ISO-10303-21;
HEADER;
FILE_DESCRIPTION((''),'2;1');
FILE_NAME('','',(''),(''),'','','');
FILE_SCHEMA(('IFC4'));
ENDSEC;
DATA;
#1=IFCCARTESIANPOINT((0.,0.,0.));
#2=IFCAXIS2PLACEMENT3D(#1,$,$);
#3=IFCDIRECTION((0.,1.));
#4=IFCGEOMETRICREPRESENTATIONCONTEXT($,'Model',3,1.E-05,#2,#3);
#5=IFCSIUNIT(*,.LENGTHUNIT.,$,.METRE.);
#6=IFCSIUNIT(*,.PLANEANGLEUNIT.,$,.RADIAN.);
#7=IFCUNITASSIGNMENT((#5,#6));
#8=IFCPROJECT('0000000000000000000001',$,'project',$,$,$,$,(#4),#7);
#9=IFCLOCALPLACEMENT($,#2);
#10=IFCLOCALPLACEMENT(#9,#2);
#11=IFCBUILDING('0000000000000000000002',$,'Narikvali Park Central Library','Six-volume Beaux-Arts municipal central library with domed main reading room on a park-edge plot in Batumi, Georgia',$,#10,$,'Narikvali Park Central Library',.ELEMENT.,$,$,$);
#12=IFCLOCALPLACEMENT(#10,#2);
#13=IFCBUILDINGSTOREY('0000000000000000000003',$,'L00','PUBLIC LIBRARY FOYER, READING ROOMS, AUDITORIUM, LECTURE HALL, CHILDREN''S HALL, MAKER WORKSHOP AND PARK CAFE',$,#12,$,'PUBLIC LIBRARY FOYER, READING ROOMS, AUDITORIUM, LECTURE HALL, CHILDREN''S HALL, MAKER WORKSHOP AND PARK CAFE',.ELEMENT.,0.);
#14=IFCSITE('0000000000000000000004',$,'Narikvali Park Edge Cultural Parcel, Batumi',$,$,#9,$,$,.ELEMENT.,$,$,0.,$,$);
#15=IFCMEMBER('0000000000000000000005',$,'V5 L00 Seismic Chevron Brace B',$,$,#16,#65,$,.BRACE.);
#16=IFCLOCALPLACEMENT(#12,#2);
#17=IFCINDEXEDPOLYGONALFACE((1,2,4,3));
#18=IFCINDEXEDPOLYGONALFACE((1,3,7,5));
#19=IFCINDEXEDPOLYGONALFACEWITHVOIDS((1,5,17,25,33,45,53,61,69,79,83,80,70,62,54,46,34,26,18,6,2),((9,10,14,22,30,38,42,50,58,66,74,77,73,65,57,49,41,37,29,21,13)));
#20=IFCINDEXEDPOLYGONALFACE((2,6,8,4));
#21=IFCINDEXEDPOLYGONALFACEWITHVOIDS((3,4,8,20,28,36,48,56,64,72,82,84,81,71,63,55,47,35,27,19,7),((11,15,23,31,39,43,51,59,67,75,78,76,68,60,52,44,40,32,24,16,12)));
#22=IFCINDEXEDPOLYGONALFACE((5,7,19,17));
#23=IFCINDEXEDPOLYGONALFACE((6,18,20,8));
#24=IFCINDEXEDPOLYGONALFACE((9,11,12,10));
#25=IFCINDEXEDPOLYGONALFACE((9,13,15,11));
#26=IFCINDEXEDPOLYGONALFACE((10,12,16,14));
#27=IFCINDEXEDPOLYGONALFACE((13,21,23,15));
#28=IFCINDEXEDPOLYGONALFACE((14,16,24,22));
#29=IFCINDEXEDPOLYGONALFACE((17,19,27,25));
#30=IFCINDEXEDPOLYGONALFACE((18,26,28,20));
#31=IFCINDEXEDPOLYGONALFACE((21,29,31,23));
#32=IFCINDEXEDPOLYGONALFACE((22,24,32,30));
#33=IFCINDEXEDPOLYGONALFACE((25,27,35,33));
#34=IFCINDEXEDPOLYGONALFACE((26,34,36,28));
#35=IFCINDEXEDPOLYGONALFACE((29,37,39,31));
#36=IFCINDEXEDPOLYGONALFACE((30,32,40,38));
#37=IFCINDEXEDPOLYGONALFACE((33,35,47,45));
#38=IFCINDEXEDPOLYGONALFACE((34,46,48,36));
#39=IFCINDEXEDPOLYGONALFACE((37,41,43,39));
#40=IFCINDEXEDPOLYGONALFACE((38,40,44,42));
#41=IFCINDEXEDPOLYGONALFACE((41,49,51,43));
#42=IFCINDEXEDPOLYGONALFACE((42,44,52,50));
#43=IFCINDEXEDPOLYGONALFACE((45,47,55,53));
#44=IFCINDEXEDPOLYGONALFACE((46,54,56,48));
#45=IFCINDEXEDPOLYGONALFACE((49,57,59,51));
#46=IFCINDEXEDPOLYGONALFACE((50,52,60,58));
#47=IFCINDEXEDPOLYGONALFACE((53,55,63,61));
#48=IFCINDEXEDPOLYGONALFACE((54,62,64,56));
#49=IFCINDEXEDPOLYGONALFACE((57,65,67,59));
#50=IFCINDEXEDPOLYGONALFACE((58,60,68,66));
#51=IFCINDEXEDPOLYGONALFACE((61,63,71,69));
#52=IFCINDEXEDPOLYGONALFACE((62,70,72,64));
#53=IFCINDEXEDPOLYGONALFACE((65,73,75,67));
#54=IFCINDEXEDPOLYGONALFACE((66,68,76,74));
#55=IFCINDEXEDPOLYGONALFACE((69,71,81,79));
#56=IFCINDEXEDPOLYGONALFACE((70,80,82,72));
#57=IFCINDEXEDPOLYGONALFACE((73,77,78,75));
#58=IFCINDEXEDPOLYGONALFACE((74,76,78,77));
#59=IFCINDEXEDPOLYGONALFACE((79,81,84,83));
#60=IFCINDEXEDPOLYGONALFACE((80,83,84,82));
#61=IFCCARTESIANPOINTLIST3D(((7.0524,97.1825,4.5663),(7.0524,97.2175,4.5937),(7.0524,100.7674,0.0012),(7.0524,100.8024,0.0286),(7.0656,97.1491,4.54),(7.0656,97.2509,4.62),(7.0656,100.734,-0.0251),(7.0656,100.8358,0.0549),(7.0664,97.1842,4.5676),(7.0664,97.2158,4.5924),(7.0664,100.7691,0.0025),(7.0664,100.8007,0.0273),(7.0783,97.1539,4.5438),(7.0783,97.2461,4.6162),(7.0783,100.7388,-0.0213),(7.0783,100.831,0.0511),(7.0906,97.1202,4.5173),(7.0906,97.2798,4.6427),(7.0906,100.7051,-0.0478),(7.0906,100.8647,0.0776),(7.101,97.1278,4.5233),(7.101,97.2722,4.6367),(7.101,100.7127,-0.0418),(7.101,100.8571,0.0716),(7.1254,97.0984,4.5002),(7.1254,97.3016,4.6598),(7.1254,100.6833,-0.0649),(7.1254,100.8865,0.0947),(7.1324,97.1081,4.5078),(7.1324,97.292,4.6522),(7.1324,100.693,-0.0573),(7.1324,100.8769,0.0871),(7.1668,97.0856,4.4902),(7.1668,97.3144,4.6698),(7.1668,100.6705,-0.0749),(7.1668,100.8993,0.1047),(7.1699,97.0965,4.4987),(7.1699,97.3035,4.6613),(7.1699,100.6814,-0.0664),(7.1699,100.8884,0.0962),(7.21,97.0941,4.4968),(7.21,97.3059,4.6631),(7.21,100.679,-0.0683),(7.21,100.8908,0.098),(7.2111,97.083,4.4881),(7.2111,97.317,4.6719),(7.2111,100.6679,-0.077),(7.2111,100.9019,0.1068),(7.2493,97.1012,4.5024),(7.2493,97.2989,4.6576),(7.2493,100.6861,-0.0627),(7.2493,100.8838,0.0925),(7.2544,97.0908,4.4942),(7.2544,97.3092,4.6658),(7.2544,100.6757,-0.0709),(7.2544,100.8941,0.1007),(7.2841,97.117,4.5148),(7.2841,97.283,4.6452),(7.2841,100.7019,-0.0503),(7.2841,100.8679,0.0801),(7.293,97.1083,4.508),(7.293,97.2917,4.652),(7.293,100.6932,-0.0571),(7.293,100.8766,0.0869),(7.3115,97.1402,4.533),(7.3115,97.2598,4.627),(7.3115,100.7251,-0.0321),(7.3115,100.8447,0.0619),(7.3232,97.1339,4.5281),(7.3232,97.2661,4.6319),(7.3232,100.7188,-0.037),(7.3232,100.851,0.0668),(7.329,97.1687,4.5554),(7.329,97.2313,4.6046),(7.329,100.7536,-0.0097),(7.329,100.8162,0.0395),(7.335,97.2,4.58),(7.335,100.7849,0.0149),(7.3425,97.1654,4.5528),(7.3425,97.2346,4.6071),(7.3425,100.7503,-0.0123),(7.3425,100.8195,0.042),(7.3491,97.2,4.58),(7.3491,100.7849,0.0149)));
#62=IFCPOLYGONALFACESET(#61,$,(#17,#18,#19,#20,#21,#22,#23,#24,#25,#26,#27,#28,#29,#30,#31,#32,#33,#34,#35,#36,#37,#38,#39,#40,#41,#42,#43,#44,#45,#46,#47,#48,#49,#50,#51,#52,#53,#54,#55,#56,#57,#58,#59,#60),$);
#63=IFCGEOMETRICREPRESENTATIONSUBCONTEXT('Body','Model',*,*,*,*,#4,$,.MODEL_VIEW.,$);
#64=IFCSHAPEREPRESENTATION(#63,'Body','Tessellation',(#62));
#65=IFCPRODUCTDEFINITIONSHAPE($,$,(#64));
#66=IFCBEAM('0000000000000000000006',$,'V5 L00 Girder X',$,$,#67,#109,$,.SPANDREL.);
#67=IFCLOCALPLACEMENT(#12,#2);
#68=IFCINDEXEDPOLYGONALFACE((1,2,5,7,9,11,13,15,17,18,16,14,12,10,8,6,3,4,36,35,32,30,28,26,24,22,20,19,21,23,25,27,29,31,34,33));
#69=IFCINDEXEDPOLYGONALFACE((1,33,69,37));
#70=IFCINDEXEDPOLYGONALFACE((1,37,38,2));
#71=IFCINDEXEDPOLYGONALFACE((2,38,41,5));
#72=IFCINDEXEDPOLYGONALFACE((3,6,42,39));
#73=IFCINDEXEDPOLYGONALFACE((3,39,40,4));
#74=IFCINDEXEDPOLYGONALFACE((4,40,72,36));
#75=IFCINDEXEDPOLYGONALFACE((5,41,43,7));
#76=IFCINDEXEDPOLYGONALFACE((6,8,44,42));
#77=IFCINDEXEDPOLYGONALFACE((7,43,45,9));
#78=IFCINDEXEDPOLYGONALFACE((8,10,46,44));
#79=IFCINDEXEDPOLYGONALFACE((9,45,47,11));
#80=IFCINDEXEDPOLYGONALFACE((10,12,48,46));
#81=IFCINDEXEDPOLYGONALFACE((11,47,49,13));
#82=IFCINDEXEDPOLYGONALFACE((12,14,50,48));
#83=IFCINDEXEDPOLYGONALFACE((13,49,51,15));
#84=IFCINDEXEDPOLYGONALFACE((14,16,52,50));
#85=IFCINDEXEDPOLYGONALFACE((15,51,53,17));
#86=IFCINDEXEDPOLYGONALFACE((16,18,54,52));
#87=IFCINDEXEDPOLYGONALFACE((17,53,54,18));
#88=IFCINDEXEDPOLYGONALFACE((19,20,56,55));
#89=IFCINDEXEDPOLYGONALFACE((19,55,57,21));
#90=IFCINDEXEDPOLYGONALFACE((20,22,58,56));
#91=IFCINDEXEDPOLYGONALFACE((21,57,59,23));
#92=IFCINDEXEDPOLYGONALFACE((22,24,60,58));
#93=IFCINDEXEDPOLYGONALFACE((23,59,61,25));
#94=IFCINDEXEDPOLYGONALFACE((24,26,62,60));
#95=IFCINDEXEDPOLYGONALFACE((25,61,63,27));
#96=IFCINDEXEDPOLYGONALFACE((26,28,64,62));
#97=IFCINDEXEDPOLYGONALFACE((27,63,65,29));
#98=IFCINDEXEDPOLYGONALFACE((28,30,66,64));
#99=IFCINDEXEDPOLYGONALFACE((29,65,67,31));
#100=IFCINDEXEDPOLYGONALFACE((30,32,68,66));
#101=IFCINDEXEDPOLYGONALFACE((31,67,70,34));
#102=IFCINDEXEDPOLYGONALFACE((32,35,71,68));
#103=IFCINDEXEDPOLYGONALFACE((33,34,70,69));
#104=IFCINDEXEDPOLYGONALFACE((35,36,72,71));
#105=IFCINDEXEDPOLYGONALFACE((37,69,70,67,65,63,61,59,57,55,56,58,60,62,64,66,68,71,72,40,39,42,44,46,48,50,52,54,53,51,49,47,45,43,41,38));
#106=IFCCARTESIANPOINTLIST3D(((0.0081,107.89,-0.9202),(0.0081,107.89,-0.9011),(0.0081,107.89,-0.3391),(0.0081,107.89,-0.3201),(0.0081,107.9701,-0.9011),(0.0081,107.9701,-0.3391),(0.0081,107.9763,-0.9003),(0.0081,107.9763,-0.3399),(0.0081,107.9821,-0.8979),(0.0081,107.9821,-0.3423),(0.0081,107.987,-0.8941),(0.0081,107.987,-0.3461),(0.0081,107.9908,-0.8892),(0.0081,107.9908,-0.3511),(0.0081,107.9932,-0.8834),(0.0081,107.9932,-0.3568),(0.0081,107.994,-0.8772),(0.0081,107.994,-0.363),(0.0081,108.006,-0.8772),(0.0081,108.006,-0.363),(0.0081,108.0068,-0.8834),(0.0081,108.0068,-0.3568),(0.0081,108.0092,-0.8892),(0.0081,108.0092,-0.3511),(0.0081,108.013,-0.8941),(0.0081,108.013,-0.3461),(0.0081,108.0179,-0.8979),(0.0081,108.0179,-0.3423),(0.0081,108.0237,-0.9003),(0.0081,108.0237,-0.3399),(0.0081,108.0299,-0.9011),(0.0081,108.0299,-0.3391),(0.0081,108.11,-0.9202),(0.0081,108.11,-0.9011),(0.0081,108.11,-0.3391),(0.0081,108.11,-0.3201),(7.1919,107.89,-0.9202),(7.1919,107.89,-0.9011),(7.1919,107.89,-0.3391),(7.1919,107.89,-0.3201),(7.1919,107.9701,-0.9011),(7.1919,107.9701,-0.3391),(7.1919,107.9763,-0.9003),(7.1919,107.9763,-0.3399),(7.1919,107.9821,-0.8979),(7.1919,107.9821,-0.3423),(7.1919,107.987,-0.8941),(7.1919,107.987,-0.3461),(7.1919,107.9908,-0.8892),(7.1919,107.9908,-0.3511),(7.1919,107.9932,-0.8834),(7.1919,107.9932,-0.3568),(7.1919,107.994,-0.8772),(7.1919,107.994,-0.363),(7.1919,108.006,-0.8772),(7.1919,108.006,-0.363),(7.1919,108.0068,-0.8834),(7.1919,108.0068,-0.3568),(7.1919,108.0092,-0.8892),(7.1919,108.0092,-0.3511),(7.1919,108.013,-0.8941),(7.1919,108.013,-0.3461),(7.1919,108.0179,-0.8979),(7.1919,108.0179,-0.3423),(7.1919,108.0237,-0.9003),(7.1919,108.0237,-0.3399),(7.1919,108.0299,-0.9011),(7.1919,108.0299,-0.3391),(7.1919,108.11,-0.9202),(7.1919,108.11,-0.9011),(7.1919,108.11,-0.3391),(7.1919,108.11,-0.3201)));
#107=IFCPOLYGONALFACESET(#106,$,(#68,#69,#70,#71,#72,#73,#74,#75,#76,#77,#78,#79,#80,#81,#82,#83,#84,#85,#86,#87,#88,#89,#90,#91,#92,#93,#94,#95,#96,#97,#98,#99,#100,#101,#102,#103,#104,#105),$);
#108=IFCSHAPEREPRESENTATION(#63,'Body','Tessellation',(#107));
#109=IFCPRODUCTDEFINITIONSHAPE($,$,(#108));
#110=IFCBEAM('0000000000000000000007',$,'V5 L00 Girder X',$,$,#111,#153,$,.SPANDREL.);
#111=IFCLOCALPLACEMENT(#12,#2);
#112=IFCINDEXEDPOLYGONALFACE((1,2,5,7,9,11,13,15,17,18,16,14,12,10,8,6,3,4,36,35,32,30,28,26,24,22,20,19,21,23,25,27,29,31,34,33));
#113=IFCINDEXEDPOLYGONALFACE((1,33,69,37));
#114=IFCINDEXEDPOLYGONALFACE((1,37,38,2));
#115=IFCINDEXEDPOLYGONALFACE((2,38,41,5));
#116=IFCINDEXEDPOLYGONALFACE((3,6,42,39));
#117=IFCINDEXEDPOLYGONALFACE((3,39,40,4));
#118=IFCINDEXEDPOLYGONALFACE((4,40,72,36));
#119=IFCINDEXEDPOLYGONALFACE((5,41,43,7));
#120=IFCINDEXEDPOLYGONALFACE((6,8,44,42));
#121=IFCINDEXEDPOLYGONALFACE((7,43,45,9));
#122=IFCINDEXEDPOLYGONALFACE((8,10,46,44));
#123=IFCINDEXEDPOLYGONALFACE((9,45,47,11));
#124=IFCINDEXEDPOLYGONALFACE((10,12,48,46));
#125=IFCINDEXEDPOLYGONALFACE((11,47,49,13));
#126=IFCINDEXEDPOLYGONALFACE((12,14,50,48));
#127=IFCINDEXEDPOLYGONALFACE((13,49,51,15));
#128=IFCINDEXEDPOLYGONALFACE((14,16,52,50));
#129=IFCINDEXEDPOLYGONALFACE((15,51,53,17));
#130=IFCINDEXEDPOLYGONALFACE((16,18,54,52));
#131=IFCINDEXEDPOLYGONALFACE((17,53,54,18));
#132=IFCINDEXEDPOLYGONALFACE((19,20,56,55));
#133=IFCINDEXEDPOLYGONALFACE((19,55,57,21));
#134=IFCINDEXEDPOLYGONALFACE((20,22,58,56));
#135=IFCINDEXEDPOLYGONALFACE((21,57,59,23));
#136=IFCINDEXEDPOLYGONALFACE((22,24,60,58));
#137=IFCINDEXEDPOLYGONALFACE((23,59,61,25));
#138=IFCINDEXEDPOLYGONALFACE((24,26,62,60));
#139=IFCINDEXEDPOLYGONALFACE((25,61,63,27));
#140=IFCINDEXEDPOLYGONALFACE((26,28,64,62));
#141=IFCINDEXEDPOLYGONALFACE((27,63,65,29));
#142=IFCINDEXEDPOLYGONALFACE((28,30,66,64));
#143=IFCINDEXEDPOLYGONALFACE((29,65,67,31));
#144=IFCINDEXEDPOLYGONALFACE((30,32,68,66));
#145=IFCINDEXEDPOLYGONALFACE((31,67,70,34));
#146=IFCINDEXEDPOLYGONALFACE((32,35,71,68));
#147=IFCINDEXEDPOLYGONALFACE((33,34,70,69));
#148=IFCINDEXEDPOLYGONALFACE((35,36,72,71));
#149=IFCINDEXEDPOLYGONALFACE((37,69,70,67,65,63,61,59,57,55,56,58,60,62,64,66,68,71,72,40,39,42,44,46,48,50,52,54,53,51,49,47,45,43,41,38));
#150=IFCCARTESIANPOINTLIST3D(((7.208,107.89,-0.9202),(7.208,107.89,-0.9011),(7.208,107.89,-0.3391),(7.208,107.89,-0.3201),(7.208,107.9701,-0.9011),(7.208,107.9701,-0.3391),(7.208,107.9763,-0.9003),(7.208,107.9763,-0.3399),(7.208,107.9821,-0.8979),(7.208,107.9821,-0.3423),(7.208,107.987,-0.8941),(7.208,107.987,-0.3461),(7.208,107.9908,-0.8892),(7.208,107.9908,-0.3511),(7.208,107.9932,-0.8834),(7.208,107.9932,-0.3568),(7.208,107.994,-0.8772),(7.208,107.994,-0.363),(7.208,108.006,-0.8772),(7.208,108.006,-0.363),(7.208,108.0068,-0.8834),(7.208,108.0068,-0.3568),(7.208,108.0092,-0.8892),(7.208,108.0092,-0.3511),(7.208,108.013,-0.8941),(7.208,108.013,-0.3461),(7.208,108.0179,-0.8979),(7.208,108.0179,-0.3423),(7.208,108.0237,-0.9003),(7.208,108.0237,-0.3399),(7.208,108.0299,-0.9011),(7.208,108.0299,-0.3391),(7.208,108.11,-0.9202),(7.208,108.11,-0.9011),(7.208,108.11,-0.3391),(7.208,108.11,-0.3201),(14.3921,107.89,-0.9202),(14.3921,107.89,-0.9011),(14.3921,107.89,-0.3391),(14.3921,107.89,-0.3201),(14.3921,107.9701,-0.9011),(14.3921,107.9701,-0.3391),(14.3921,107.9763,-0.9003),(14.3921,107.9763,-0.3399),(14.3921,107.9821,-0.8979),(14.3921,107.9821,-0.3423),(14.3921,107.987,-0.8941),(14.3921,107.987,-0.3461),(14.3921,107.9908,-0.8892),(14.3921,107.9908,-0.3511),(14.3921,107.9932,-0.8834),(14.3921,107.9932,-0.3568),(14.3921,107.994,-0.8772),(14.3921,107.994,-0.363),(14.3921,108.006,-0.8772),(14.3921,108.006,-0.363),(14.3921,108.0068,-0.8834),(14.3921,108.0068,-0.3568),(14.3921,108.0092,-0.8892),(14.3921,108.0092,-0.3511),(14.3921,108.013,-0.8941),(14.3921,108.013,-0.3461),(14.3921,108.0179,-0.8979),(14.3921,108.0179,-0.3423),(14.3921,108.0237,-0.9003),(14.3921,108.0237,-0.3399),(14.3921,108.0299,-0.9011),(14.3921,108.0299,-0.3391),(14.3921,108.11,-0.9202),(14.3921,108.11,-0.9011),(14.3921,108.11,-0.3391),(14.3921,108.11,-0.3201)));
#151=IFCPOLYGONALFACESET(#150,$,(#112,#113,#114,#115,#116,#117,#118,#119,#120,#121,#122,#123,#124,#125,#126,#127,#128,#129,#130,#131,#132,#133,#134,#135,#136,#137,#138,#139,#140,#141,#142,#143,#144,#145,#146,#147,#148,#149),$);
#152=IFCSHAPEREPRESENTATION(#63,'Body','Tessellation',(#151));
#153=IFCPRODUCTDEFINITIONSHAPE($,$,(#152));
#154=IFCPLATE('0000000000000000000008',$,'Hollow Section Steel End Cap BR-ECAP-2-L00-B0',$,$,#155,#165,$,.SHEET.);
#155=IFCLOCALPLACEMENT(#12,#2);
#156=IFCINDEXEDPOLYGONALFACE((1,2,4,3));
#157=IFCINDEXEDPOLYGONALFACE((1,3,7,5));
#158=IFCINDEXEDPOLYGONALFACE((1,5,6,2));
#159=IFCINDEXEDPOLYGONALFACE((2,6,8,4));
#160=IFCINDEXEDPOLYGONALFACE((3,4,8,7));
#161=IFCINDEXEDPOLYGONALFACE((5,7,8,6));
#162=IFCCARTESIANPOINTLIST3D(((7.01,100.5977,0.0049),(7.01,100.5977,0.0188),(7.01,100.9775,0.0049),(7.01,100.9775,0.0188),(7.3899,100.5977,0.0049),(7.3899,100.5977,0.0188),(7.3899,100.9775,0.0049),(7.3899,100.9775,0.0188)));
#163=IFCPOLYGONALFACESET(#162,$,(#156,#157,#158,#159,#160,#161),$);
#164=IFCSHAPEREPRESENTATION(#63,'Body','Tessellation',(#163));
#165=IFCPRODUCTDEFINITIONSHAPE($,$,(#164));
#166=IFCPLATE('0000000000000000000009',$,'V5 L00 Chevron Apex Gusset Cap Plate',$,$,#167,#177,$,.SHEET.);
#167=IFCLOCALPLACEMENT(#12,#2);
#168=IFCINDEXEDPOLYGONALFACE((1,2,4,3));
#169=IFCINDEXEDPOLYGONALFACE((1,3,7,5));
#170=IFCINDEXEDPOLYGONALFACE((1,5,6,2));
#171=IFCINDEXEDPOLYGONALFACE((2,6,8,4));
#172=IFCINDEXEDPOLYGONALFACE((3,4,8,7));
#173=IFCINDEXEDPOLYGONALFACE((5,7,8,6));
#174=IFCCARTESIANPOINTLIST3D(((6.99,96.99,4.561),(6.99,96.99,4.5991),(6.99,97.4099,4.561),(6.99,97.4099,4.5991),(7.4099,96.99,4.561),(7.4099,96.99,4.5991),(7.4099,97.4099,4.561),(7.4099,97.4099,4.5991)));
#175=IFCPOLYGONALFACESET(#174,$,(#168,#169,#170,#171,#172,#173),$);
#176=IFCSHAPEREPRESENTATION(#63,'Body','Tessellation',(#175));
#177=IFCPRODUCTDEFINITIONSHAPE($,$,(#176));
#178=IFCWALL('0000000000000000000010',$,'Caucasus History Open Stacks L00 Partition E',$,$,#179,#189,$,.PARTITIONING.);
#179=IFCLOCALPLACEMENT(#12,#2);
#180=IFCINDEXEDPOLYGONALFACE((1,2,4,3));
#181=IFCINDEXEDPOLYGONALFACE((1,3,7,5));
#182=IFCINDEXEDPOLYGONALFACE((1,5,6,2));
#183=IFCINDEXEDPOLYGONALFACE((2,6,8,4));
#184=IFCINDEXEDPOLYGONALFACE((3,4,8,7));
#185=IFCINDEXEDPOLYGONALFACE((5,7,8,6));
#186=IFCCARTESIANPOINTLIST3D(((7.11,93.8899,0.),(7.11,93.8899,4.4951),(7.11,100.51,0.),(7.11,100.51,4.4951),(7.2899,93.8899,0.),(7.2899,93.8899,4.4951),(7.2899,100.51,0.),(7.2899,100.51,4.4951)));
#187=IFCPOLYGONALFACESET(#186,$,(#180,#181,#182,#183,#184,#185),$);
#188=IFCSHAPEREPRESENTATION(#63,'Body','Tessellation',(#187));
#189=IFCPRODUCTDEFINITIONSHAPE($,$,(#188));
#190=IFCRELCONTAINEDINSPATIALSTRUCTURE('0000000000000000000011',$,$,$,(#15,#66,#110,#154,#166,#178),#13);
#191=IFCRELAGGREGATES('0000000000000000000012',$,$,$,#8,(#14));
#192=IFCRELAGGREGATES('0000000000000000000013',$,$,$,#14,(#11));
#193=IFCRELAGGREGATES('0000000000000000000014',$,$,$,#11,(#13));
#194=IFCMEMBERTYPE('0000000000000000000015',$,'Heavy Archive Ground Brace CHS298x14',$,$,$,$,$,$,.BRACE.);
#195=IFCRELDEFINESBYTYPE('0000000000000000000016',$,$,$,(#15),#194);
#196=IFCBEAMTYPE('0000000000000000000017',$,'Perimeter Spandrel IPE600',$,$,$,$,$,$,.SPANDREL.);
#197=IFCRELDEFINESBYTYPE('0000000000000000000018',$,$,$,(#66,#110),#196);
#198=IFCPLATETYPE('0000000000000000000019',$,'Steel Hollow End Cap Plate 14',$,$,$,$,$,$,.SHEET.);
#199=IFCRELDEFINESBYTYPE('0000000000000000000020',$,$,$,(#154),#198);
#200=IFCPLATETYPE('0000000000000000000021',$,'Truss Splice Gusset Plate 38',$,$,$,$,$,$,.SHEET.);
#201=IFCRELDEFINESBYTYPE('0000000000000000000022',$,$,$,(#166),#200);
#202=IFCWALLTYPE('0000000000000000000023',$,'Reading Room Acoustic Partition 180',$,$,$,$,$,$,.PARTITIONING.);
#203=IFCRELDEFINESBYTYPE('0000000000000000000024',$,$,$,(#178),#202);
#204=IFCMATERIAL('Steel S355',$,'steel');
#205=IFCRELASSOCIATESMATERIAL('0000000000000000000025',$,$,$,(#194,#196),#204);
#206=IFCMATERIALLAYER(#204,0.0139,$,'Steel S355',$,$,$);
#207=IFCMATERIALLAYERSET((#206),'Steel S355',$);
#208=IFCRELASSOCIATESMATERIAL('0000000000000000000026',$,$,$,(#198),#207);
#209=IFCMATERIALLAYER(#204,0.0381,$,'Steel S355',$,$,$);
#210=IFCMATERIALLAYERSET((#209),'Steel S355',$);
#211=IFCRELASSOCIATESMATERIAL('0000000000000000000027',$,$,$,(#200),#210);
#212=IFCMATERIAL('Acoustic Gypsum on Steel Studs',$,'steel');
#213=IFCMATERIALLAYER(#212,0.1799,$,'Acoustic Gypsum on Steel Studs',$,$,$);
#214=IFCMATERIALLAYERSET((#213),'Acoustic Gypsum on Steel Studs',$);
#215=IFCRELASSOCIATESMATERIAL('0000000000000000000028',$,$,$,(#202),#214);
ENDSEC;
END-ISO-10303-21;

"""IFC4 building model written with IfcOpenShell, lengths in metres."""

from ifc_helpers import new_model, si_unit, direction, frame, frame_2d, origin, origin_2d, place, context, subcontext, project, spatial, rectangle, hollow_circle, i_section, extrude, material, layer, layer_set, material_profile, profile_set, type_object, element, save


model = new_model("IFC4")

# Units and contexts
model_context = context("Model", 3, precision=1e-05, world=origin(), true_north=direction((0.0, 1.0)))
body_context = subcontext(model_context, "Body", "Model", "MODEL_VIEW")
ifc_project = project(units=[si_unit("LENGTHUNIT", "METRE"), si_unit("PLANEANGLEUNIT", "RADIAN")], contexts=[model_context])

# Site, building, storey
site_placement = place(None, origin())
site = spatial("IfcSite", under=ifc_project, at=site_placement, Name="Narikvali Park Edge Cultural Parcel, Batumi", CompositionType="ELEMENT", RefElevation=0.0)
building_placement = place(site_placement, origin())
building = spatial("IfcBuilding", under=site, at=building_placement, Name="Narikvali Park Central Library", Description="Six-volume Beaux-Arts municipal central library with domed main reading room on a park-edge plot in Batumi, Georgia", LongName="Narikvali Park Central Library", CompositionType="ELEMENT")
storey_placement = place(building_placement, origin())
storey = spatial("IfcBuildingStorey", under=building, at=storey_placement, Name="L00", Description="PUBLIC LIBRARY FOYER, READING ROOMS, AUDITORIUM, LECTURE HALL, CHILDREN'S HALL, MAKER WORKSHOP AND PARK CAFE", LongName="PUBLIC LIBRARY FOYER, READING ROOMS, AUDITORIUM, LECTURE HALL, CHILDREN'S HALL, MAKER WORKSHOP AND PARK CAFE", CompositionType="ELEMENT", Elevation=0.0)

# Shared definitions
ifc_material_1 = material(Name="Steel S355", Category="steel")

# Member
ifc_material_profile_1 = material_profile(ifc_material_1, hollow_circle(Radius=0.1492, WallThickness=0.0142, at=origin_2d()), Name="CHS 298.5x14.2")
ifc_profile_set_1 = profile_set([ifc_material_profile_1], Name="Steel S355")
member_type = type_object("IfcMemberType", Name="Heavy Archive Ground Brace CHS298x14", PredefinedType="BRACE", material=ifc_profile_set_1)
member_placement = place(storey_placement, frame((7.2, 100.7849, 0.0149), z_axis=(0.0, -0.617612, 0.786483), x_axis=(1.0, 0.0, 0.0)))
element("IfcMember", 1, at=member_placement, inside=storey, type_object=member_type, Name="V5 L00 Seismic Chevron Brace B", PredefinedType="BRACE", context=body_context, shape_type="SweptSolid", body=[
    extrude(hollow_circle(Radius=0.1492, WallThickness=0.0142, at=origin_2d()), origin(), (0.0, 0.0, 1.0), 5.8044),
])

# Beams
ifc_material_profile_2 = material_profile(ifc_material_1, i_section(OverallWidth=0.22, OverallDepth=0.6001, WebThickness=0.012, FlangeThickness=0.019, FilletRadius=0.0239, at=origin_2d()), Name="IPE 600")
ifc_profile_set_2 = profile_set([ifc_material_profile_2], Name="Steel S355")
beam_type_1 = type_object("IfcBeamType", Name="Perimeter Spandrel IPE600", PredefinedType="SPANDREL", material=ifc_profile_set_2)
beam_1_placement = place(storey_placement, frame((0.0081, 108.0, -0.6201), z_axis=(1.0, 0.0, 0.0), x_axis=(0.0, 1.0, 0.0)))
element("IfcBeam", 2, at=beam_1_placement, inside=storey, type_object=beam_type_1, Name="V5 L00 Girder X", PredefinedType="SPANDREL", context=body_context, shape_type="SweptSolid", body=[
    extrude(i_section(OverallWidth=0.22, OverallDepth=0.6001, WebThickness=0.012, FlangeThickness=0.019, FilletRadius=0.0239, at=origin_2d()), origin(), (0.0, 0.0, 1.0), 7.1838),
])
beam_2_placement = place(storey_placement, frame((7.208, 108.0, -0.6201), z_axis=(1.0, 0.0, 0.0), x_axis=(0.0, 1.0, 0.0)))
element("IfcBeam", 3, at=beam_2_placement, inside=storey, type_object=beam_type_1, Name="V5 L00 Girder X", PredefinedType="SPANDREL", context=body_context, shape_type="SweptSolid", body=[
    extrude(i_section(OverallWidth=0.22, OverallDepth=0.6001, WebThickness=0.012, FlangeThickness=0.019, FilletRadius=0.0239, at=origin_2d()), origin(), (0.0, 0.0, 1.0), 7.1841),
])

# Plates
ifc_layer_1 = layer(ifc_material_1, 0.0139, Name="Steel S355")
ifc_layer_set_1 = layer_set([ifc_layer_1], Name="Steel S355")
plate_type_1 = type_object("IfcPlateType", Name="Steel Hollow End Cap Plate 14", PredefinedType="SHEET", material=ifc_layer_set_1)
plate_1_placement = place(storey_placement, frame((7.2, 100.7876, 0.0049), z_axis=(0.0, 0.0, 1.0), x_axis=(1.0, 0.0, 0.0)))
element("IfcPlate", 4, at=plate_1_placement, inside=storey, type_object=plate_type_1, Name="Hollow Section Steel End Cap BR-ECAP-2-L00-B0", PredefinedType="SHEET", context=body_context, shape_type="SweptSolid", body=[
    extrude(rectangle(XDim=0.3799, YDim=0.3799, at=origin_2d()), origin(), (0.0, 0.0, 1.0), 0.0139),
])
ifc_layer_2 = layer(ifc_material_1, 0.0381, Name="Steel S355")
ifc_layer_set_2 = layer_set([ifc_layer_2], Name="Steel S355")
plate_type_2 = type_object("IfcPlateType", Name="Truss Splice Gusset Plate 38", PredefinedType="SHEET", material=ifc_layer_set_2)
plate_2_placement = place(storey_placement, frame((7.2, 97.2, 4.561), z_axis=(0.0, 0.0, 1.0), x_axis=(1.0, 0.0, 0.0)))
element("IfcPlate", 5, at=plate_2_placement, inside=storey, type_object=plate_type_2, Name="V5 L00 Chevron Apex Gusset Cap Plate", PredefinedType="SHEET", context=body_context, shape_type="SweptSolid", body=[
    extrude(rectangle(XDim=0.4199, YDim=0.4199, at=origin_2d()), origin(), (0.0, 0.0, 1.0), 0.0381),
])

# Wall
ifc_material_2 = material(Name="Acoustic Gypsum on Steel Studs", Category="steel")
ifc_layer_3 = layer(ifc_material_2, 0.1799, Name="Acoustic Gypsum on Steel Studs")
ifc_layer_set_3 = layer_set([ifc_layer_3], Name="Acoustic Gypsum on Steel Studs")
wall_type_1 = type_object("IfcWallType", Name="Reading Room Acoustic Partition 180", PredefinedType="PARTITIONING", material=ifc_layer_set_3)
wall_1_placement = place(storey_placement, frame((7.2, 93.8899, 0.0), z_axis=(0.0, 0.0, 1.0), x_axis=(0.0, 1.0, 0.0)))
element("IfcWall", 6, at=wall_1_placement, inside=storey, type_object=wall_type_1, Name="Caucasus History Open Stacks L00 Partition E", PredefinedType="PARTITIONING", context=body_context, shape_type="SweptSolid", body=[
    extrude(rectangle(XDim=6.6201, YDim=0.1799, at=frame_2d((3.3101, 0.0))), origin(), (0.0, 0.0, 1.0), 4.4951),
])

save(model, "model.ifc")
